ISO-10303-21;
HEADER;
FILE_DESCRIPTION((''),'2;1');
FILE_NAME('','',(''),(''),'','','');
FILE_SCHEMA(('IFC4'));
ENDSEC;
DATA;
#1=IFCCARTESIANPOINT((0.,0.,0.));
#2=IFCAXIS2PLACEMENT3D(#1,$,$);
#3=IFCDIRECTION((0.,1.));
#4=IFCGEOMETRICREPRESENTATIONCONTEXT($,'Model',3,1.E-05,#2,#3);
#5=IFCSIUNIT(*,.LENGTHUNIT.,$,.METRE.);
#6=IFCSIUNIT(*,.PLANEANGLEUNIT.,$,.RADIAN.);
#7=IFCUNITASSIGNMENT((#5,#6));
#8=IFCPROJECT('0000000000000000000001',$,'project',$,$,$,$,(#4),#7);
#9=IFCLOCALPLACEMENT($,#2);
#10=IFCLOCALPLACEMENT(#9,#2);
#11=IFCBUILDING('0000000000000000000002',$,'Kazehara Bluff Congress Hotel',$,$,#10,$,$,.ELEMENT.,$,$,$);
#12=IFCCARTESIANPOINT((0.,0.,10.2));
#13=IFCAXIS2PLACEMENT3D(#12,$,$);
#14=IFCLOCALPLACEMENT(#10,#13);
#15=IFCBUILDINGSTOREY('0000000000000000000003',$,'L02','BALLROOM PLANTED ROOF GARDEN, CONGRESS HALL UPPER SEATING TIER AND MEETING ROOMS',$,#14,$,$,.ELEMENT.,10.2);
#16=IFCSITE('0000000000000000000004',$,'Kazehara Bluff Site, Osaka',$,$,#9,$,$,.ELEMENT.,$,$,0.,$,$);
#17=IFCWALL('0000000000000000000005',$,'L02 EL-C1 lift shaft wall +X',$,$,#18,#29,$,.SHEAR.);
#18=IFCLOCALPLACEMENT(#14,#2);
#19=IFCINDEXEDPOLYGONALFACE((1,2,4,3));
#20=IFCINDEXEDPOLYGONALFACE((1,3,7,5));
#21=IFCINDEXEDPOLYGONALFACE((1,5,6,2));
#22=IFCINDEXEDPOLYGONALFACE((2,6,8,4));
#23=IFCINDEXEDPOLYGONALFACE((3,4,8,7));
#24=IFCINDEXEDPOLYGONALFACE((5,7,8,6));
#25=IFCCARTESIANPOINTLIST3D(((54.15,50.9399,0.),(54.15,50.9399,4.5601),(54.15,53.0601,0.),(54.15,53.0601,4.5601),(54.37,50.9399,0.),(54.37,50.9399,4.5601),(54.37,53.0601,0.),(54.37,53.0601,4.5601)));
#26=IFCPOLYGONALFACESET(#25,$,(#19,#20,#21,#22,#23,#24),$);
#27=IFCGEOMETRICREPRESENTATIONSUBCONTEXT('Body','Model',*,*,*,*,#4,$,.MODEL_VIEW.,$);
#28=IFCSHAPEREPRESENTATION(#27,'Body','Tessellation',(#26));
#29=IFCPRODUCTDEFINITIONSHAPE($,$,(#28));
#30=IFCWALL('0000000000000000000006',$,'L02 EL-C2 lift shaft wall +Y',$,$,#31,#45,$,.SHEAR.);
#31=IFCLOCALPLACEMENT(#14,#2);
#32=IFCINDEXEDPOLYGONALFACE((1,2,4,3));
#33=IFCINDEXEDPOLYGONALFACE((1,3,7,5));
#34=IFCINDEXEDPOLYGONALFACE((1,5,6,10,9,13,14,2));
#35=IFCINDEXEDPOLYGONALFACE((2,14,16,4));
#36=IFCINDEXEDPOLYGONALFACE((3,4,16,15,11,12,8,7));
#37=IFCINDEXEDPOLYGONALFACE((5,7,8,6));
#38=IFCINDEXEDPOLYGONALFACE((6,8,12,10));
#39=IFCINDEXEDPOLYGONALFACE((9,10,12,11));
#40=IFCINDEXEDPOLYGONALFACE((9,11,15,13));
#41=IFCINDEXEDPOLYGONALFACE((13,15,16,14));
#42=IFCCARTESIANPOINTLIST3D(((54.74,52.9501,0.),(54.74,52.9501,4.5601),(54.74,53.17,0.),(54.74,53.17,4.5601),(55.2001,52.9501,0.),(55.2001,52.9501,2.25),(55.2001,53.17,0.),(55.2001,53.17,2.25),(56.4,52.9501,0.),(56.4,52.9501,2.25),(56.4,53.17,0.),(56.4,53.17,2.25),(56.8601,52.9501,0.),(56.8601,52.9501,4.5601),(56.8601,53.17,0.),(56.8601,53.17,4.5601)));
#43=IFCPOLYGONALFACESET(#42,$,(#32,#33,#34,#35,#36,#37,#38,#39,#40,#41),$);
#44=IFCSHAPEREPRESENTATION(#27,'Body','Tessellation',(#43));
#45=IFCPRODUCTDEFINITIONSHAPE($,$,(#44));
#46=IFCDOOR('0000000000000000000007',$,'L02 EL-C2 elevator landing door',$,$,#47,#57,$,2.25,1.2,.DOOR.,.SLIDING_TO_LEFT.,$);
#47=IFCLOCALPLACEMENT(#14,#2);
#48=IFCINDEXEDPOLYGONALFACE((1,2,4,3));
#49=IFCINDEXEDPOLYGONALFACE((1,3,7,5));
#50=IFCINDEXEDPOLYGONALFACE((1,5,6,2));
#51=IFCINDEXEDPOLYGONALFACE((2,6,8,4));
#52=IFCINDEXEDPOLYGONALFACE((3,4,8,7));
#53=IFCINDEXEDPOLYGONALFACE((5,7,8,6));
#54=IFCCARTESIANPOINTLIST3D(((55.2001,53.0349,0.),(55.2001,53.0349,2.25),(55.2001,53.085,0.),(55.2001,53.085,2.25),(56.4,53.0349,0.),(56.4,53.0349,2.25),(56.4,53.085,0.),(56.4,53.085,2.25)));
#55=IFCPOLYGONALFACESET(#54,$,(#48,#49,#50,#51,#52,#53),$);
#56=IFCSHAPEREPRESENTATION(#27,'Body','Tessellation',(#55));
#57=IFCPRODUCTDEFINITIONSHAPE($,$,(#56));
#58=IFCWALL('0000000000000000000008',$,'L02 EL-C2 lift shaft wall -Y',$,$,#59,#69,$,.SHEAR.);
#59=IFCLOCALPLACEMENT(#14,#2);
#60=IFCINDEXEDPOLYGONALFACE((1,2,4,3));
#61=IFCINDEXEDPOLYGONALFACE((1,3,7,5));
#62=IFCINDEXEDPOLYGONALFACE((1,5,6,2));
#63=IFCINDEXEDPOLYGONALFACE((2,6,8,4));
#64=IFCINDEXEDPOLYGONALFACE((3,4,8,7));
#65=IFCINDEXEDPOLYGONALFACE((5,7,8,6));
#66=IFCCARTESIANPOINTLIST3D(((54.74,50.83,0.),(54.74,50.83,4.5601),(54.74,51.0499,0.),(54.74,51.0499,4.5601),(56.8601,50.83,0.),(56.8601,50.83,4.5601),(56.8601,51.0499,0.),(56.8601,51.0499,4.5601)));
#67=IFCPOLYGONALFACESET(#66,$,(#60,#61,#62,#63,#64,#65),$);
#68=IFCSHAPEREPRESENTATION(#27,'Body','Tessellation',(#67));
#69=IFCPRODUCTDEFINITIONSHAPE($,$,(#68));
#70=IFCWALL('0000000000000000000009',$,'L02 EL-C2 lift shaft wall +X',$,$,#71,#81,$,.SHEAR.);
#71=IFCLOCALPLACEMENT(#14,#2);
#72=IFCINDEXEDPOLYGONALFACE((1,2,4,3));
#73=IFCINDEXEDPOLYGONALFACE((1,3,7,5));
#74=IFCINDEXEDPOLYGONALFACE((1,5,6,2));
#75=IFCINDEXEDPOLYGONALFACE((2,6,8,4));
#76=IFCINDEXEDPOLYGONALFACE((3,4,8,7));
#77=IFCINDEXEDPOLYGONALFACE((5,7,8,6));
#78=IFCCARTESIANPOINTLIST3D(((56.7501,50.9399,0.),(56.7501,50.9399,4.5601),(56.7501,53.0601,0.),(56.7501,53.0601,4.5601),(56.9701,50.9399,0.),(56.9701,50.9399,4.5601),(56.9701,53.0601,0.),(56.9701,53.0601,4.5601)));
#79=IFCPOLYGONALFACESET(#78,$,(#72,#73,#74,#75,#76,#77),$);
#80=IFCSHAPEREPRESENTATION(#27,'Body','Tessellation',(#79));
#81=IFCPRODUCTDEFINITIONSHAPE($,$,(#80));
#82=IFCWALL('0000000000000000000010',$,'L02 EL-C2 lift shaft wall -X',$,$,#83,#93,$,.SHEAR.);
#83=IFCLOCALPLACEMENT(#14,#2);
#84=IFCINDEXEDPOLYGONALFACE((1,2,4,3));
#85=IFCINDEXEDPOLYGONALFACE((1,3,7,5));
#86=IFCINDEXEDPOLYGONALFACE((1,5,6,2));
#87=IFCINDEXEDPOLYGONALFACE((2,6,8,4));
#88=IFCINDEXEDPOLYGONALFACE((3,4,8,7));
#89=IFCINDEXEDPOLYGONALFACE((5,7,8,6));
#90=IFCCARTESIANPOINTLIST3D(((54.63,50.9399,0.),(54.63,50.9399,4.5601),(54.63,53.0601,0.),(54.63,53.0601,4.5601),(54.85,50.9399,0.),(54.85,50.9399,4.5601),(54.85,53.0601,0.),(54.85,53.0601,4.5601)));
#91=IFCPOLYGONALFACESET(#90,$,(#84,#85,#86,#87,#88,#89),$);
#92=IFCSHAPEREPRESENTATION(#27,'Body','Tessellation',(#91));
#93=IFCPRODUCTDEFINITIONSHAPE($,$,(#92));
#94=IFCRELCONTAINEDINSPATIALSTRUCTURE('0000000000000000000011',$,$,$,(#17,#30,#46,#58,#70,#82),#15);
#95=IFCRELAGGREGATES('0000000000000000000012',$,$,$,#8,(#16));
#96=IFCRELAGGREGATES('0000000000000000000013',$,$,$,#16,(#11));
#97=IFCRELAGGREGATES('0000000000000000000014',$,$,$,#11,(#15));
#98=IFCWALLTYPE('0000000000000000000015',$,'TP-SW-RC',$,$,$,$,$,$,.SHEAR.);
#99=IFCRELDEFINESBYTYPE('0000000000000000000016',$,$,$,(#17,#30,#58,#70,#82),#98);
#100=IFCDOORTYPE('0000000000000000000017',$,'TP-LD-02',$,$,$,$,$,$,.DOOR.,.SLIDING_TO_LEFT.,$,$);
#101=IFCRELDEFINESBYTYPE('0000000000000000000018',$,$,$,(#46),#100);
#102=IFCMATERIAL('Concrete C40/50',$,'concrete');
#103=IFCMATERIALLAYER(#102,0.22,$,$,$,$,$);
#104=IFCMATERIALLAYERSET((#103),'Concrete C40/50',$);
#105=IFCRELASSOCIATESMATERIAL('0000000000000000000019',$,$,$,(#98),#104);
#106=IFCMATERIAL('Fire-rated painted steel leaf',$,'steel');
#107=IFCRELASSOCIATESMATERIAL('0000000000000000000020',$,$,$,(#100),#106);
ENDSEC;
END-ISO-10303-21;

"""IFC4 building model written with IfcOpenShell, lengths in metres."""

from ifc_helpers import new_model, si_unit, direction, frame, frame_2d, origin, place, context, subcontext, project, spatial, rectangle, extrude, material, layer, layer_set, type_object, element, fill, save


model = new_model("IFC4")

# Units and contexts
model_context = context("Model", 3, precision=1e-05, world=origin(), true_north=direction((0.0, 1.0)))
body_context = subcontext(model_context, "Body", "Model", "MODEL_VIEW")
ifc_project = project(units=[si_unit("LENGTHUNIT", "METRE"), si_unit("PLANEANGLEUNIT", "RADIAN")], contexts=[model_context])

# Site, building, storey
site_placement = place(None, origin())
site = spatial("IfcSite", under=ifc_project, at=site_placement, Name="Kazehara Bluff Site, Osaka", CompositionType="ELEMENT", RefElevation=0.0)
building_placement = place(site_placement, origin())
building = spatial("IfcBuilding", under=site, at=building_placement, Name="Kazehara Bluff Congress Hotel", CompositionType="ELEMENT")
storey_placement = place(building_placement, frame((0.0, 0.0, 10.2)))
storey = spatial("IfcBuildingStorey", under=building, at=storey_placement, Name="L02", Description="BALLROOM PLANTED ROOF GARDEN, CONGRESS HALL UPPER SEATING TIER AND MEETING ROOMS", CompositionType="ELEMENT", Elevation=10.2)

# Wall
ifc_material_1 = material(Name="Concrete C40/50", Category="concrete")
ifc_layer_1 = layer(ifc_material_1, 0.22)
ifc_layer_set_1 = layer_set([ifc_layer_1], Name="Concrete C40/50")
wall_type = type_object("IfcWallType", Name="TP-SW-RC", PredefinedType="SHEAR", material=ifc_layer_set_1)
wall_1_placement = place(storey_placement, frame((54.26, 50.9399, 0.0), z_axis=(0.0, 0.0, 1.0), x_axis=(0.0, 1.0, 0.0)))
element("IfcWall", 1, at=wall_1_placement, inside=storey, type_object=wall_type, Name="L02 EL-C1 lift shaft wall +X", PredefinedType="SHEAR", context=body_context, shape_type="SweptSolid", body=[
    extrude(rectangle(XDim=2.1201, YDim=0.22, at=frame_2d((1.0601, 0.0))), origin(), (0.0, 0.0, 1.0), 4.5601),
])

# Wall, opening, door
wall_2_placement = place(storey_placement, frame((54.74, 53.0601, 0.0), z_axis=(0.0, 0.0, 1.0), x_axis=(1.0, 0.0, 0.0)))
wall_2 = element("IfcWall", 2, at=wall_2_placement, inside=storey, type_object=wall_type, Name="L02 EL-C2 lift shaft wall +Y", PredefinedType="SHEAR", context=body_context, shape_type="SweptSolid", body=[
    extrude(rectangle(XDim=2.1201, YDim=0.22, at=frame_2d((1.0601, 0.0))), origin(), (0.0, 0.0, 1.0), 4.5601),
])
opening_placement = place(wall_2_placement, frame((0.46, 0.0, 0.0)))
opening = element("IfcOpeningElement", 3, at=opening_placement, cuts=wall_2, PredefinedType="OPENING", context=body_context, shape_type="SweptSolid", body=[
    extrude(rectangle(XDim=1.2, YDim=2.25, at=frame_2d((0.6001, 1.125))), frame((0.0, 0.1199, 0.0), z_axis=(0.0, -1.0, 0.0), x_axis=(1.0, 0.0, 0.0)), (0.0, 0.0, 1.0), 0.24),
])
ifc_material_2 = material(Name="Fire-rated painted steel leaf", Category="steel")
door_type = type_object("IfcDoorType", Name="TP-LD-02", OperationType="SLIDING_TO_LEFT", PredefinedType="DOOR", material=ifc_material_2)
door_placement = place(opening_placement, origin())
door = element("IfcDoor", 4, at=door_placement, inside=storey, type_object=door_type, Name="L02 EL-C2 elevator landing door", OperationType="SLIDING_TO_LEFT", OverallHeight=2.25, OverallWidth=1.2, PredefinedType="DOOR", context=body_context, shape_type="SweptSolid", body=[
    extrude(rectangle(XDim=1.2, YDim=2.25, at=frame_2d((0.6001, 1.125))), frame((0.0, 0.0249, 0.0), z_axis=(0.0, -1.0, 0.0), x_axis=(1.0, 0.0, 0.0)), (0.0, 0.0, 1.0), 0.05),
])
fill(opening, door)

# Walls
for number, where, z_axis, x_axis, name in (
    (5, (54.74, 50.9399, 0.0), (0.0, 0.0, 1.0), (1.0, 0.0, 0.0), "L02 EL-C2 lift shaft wall -Y"),
    (6, (56.8601, 50.9399, 0.0), (0.0, 0.0, 1.0), (0.0, 1.0, 0.0), "L02 EL-C2 lift shaft wall +X"),
    (7, (54.74, 50.9399, 0.0), (0.0, 0.0, 1.0), (0.0, 1.0, 0.0), "L02 EL-C2 lift shaft wall -X"),
):
    element("IfcWall", number, at=place(storey_placement, frame(where, z_axis=z_axis, x_axis=x_axis)), inside=storey, type_object=wall_type, Name=name, PredefinedType="SHEAR", context=body_context, shape_type="SweptSolid", body=[
        extrude(rectangle(XDim=2.1201, YDim=0.22, at=frame_2d((1.0601, 0.0))), origin(), (0.0, 0.0, 1.0), 4.5601),
    ])

save(model, "model.ifc")
